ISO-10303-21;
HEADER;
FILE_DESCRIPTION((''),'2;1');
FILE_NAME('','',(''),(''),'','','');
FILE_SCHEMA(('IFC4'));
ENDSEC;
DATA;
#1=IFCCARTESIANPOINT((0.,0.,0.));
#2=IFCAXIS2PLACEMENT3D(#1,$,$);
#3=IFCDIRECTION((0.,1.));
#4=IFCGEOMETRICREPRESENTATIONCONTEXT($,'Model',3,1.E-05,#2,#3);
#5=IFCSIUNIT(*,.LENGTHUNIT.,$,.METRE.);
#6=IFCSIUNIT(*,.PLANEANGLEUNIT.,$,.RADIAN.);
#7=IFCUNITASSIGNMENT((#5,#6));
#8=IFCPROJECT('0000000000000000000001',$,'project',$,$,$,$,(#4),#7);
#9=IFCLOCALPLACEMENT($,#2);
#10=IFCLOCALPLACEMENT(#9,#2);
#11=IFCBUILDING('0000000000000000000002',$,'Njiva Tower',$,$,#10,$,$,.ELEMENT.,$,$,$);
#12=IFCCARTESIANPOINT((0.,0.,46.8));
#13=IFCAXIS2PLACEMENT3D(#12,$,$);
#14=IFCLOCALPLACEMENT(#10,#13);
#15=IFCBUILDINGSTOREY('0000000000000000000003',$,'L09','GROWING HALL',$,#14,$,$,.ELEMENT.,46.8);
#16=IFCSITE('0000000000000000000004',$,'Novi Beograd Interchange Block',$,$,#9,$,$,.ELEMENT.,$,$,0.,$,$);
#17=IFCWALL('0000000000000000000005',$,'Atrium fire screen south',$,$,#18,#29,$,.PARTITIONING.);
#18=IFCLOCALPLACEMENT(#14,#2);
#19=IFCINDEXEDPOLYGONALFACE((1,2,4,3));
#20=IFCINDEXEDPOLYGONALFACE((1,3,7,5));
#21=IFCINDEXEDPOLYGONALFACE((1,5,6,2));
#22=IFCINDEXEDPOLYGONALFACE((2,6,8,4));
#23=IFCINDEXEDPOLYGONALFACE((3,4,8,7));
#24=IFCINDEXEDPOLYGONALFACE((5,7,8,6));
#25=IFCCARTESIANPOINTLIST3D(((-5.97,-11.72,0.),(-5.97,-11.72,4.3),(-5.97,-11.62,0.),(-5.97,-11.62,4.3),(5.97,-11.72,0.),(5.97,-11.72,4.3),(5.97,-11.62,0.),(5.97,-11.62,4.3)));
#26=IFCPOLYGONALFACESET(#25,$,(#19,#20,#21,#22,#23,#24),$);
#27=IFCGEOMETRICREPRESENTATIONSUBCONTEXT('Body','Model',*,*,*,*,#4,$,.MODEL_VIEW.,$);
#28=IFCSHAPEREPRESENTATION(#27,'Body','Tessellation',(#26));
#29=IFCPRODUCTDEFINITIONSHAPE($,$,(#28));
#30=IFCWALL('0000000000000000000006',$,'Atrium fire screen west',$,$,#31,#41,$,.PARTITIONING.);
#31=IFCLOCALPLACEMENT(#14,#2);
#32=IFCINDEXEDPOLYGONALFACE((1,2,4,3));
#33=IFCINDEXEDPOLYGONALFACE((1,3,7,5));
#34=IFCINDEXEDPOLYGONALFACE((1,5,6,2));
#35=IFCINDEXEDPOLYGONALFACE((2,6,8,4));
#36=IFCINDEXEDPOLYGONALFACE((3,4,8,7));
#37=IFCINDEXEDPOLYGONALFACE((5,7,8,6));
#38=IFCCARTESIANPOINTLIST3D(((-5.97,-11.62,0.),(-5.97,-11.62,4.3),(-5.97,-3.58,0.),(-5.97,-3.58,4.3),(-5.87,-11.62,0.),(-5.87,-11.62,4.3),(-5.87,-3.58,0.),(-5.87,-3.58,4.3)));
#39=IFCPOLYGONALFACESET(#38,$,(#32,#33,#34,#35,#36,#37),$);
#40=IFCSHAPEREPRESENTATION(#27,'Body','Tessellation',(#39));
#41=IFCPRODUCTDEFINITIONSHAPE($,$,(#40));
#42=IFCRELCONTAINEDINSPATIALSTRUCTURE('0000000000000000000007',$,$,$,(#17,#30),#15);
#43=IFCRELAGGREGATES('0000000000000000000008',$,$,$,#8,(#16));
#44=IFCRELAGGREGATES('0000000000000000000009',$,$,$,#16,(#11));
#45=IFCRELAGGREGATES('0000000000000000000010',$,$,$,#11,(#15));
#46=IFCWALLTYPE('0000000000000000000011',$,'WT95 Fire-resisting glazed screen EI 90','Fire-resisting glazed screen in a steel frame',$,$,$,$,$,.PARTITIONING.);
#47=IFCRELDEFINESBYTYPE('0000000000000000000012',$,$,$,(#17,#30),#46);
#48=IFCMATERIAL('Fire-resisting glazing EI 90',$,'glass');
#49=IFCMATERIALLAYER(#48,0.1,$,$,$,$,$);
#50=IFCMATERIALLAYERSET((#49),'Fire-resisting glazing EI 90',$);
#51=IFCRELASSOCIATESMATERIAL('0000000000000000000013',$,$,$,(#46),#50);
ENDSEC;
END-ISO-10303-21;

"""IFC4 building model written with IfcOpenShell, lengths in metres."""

from ifc_helpers import new_model, si_unit, direction, frame, frame_2d, origin, place, context, subcontext, project, spatial, rectangle, extrude, material, layer, layer_set, type_object, element, save


model = new_model("IFC4")

# Units and contexts
model_context = context("Model", 3, precision=1e-05, world=origin(), true_north=direction((0.0, 1.0)))
body_context = subcontext(model_context, "Body", "Model", "MODEL_VIEW")
ifc_project = project(units=[si_unit("LENGTHUNIT", "METRE"), si_unit("PLANEANGLEUNIT", "RADIAN")], contexts=[model_context])

# Site, building, storey
site_placement = place(None, origin())
site = spatial("IfcSite", under=ifc_project, at=site_placement, Name="Novi Beograd Interchange Block", CompositionType="ELEMENT", RefElevation=0.0)
building_placement = place(site_placement, origin())
building = spatial("IfcBuilding", under=site, at=building_placement, Name="Njiva Tower", CompositionType="ELEMENT")
storey_placement = place(building_placement, frame((0.0, 0.0, 46.8)))
storey = spatial("IfcBuildingStorey", under=building, at=storey_placement, Name="L09", Description="GROWING HALL", CompositionType="ELEMENT", Elevation=46.8)

# Walls
ifc_material_1 = material(Name="Fire-resisting glazing EI 90", Category="glass")
ifc_layer_1 = layer(ifc_material_1, 0.1)
ifc_layer_set_1 = layer_set([ifc_layer_1], Name="Fire-resisting glazing EI 90")
wall_type_1 = type_object("IfcWallType", Name="WT95 Fire-resisting glazed screen EI 90", Description="Fire-resisting glazed screen in a steel frame", PredefinedType="PARTITIONING", material=ifc_layer_set_1)
wall_1_placement = place(storey_placement, frame((-5.97, -11.67, 0.0), z_axis=(0.0, 0.0, 1.0), x_axis=(1.0, 0.0, 0.0)))
element("IfcWall", 1, at=wall_1_placement, inside=storey, type_object=wall_type_1, Name="Atrium fire screen south", PredefinedType="PARTITIONING", context=body_context, shape_type="SweptSolid", body=[
    extrude(rectangle(XDim=11.94, YDim=0.1, at=frame_2d((5.97, 0.0))), origin(), (0.0, 0.0, 1.0), 4.3),
])
wall_2_placement = place(storey_placement, frame((-5.92, -3.58, 0.0), z_axis=(0.0, 0.0, 1.0), x_axis=(0.0, -1.0, 0.0)))
element("IfcWall", 2, at=wall_2_placement, inside=storey, type_object=wall_type_1, Name="Atrium fire screen west", PredefinedType="PARTITIONING", context=body_context, shape_type="SweptSolid", body=[
    extrude(rectangle(XDim=8.04, YDim=0.1, at=frame_2d((4.02, 0.0))), origin(), (0.0, 0.0, 1.0), 4.3),
])

save(model, "model.ifc")
